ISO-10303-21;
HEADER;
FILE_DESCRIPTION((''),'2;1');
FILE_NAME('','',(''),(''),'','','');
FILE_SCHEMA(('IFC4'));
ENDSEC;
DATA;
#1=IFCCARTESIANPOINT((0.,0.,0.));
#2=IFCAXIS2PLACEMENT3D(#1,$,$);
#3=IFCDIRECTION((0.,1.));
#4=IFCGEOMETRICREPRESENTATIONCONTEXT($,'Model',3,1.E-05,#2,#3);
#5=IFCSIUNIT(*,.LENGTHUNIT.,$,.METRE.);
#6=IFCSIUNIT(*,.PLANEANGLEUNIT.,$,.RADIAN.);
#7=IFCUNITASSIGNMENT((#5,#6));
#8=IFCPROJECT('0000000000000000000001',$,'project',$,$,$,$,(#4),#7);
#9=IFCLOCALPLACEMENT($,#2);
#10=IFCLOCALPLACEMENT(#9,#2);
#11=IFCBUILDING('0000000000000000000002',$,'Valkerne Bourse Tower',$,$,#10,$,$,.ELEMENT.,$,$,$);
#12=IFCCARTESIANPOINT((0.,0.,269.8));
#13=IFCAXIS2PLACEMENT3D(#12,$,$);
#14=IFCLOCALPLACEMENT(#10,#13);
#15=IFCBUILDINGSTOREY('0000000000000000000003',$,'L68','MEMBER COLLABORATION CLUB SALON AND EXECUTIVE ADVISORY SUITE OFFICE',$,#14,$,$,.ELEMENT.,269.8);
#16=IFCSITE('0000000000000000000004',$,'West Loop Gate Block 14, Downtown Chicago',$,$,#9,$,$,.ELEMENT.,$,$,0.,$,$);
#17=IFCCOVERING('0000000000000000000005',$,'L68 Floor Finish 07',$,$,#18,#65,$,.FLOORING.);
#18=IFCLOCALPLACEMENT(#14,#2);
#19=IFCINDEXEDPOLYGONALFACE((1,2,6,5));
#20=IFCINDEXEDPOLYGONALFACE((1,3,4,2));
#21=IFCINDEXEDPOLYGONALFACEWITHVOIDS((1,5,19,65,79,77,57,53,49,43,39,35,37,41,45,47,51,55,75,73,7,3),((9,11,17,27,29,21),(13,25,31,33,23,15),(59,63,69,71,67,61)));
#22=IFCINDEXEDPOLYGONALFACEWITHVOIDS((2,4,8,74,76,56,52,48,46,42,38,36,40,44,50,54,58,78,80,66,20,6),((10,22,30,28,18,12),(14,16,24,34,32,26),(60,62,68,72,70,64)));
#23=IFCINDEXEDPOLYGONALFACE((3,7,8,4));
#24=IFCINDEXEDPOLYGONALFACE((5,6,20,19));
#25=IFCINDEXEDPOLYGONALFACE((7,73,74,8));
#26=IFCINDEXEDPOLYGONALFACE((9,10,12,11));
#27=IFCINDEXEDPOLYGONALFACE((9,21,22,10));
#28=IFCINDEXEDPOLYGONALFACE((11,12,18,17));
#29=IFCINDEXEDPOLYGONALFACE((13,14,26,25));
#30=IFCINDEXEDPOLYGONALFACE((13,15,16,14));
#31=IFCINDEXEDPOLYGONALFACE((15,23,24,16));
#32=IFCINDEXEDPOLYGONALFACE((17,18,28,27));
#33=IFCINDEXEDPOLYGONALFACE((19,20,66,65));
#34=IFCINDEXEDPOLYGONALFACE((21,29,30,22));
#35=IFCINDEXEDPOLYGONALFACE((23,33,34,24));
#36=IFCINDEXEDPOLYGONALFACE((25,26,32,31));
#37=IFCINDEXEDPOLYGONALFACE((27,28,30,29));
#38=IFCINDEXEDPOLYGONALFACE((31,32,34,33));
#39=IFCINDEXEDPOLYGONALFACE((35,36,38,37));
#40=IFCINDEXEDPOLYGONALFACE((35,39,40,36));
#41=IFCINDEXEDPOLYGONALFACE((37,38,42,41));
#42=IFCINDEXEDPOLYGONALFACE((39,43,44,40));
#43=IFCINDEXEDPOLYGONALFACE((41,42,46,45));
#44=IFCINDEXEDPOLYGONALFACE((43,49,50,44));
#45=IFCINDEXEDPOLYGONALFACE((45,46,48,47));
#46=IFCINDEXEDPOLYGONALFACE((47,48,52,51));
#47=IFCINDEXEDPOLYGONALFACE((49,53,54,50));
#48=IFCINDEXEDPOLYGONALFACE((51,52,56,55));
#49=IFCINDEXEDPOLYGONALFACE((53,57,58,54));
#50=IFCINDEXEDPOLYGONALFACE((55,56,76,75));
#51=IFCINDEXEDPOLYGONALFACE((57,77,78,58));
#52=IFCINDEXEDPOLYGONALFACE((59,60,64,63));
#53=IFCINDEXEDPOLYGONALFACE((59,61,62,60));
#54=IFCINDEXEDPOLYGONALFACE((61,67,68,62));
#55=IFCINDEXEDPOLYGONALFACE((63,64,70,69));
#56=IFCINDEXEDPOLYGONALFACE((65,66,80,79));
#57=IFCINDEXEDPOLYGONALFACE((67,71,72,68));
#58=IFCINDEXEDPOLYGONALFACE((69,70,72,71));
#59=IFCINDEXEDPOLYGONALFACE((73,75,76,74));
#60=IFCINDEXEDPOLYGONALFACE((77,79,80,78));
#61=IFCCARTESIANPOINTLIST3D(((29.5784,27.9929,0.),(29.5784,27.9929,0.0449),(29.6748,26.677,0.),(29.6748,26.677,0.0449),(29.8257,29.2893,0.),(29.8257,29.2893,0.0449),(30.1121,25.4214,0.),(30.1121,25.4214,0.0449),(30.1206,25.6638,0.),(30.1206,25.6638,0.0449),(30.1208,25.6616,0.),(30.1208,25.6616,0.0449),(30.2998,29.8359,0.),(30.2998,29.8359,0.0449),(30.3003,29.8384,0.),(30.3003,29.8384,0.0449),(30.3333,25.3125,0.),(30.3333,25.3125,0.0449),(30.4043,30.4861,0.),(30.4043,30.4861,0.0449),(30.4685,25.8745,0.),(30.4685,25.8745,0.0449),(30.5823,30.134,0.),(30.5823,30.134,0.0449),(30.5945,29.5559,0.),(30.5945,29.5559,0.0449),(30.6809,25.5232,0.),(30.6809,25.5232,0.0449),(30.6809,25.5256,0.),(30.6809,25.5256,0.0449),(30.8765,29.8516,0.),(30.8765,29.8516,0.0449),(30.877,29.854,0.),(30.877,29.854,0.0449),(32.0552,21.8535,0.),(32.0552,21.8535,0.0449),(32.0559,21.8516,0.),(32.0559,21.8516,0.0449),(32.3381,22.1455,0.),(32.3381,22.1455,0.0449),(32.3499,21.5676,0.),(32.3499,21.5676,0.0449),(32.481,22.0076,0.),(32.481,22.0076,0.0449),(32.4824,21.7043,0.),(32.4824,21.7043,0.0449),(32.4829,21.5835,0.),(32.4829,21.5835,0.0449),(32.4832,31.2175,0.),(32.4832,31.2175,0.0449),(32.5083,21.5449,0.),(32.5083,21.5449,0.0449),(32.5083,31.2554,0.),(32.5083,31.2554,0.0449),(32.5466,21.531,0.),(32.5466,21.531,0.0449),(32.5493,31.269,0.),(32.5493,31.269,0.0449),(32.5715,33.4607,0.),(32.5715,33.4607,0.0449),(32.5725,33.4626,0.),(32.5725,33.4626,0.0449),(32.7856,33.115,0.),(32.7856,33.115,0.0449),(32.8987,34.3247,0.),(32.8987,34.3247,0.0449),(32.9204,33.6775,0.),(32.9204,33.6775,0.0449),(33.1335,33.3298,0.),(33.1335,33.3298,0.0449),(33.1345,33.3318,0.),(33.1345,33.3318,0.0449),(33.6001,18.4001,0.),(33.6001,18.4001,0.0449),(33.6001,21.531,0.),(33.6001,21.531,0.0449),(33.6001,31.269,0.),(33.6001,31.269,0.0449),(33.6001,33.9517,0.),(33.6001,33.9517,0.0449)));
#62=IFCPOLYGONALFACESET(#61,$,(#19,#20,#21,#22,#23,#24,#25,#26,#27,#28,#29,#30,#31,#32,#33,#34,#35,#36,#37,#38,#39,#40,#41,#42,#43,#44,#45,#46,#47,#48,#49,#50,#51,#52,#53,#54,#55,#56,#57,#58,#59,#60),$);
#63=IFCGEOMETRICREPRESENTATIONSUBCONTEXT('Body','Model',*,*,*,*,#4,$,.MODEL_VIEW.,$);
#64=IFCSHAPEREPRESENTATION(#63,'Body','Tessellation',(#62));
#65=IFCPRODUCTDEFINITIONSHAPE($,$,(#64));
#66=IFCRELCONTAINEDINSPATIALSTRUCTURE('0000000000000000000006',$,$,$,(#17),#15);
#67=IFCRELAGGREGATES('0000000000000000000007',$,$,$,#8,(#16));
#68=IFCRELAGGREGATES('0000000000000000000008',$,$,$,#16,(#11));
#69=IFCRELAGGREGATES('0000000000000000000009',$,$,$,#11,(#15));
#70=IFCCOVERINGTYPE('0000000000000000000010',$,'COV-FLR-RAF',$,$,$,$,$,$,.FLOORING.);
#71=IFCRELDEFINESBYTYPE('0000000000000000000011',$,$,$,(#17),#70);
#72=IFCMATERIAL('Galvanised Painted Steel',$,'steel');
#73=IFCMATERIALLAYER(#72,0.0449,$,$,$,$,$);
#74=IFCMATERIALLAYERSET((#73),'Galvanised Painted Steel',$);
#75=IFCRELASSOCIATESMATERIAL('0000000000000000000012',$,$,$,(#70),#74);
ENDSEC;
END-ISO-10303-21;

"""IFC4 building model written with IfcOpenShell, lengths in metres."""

from ifc_helpers import new_model, si_unit, direction, frame, origin, place, context, subcontext, project, spatial, polyline, outline, extrude, material, layer, layer_set, type_object, element, save


model = new_model("IFC4")

# Units and contexts
model_context = context("Model", 3, precision=1e-05, world=origin(), true_north=direction((0.0, 1.0)))
body_context = subcontext(model_context, "Body", "Model", "MODEL_VIEW")
ifc_project = project(units=[si_unit("LENGTHUNIT", "METRE"), si_unit("PLANEANGLEUNIT", "RADIAN")], contexts=[model_context])

# Site, building, storey
site_placement = place(None, origin())
site = spatial("IfcSite", under=ifc_project, at=site_placement, Name="West Loop Gate Block 14, Downtown Chicago", CompositionType="ELEMENT", RefElevation=0.0)
building_placement = place(site_placement, origin())
building = spatial("IfcBuilding", under=site, at=building_placement, Name="Valkerne Bourse Tower", CompositionType="ELEMENT")
storey_placement = place(building_placement, frame((0.0, 0.0, 269.8)))
storey = spatial("IfcBuildingStorey", under=building, at=storey_placement, Name="L68", Description="MEMBER COLLABORATION CLUB SALON AND EXECUTIVE ADVISORY SUITE OFFICE", CompositionType="ELEMENT", Elevation=269.8)

# Covering
ifc_material_1 = material(Name="Galvanised Painted Steel", Category="steel")
ifc_layer_1 = layer(ifc_material_1, 0.0449)
ifc_layer_set_1 = layer_set([ifc_layer_1], Name="Galvanised Painted Steel")
covering_type_1 = type_object("IfcCoveringType", Name="COV-FLR-RAF", PredefinedType="FLOORING", material=ifc_layer_set_1)
covering_1_placement = place(storey_placement, origin())
element("IfcCovering", 1, at=covering_1_placement, inside=storey, type_object=covering_type_1, Name="L68 Floor Finish 07", PredefinedType="FLOORING", context=body_context, shape_type="SweptSolid", body=[
    extrude(outline(polyline([(30.1121, 25.4214), (29.6748, 26.677), (29.5784, 27.9929), (29.8257, 29.2893), (30.4043, 30.4861), (32.8987, 34.3247), (33.6001, 33.9517), (33.6001, 31.269), (32.5493, 31.269), (32.5083, 31.2554), (32.4832, 31.2175), (32.481, 22.0076), (32.3381, 22.1455), (32.0552, 21.8535), (32.0559, 21.8516), (32.3499, 21.5676), (32.4824, 21.7043), (32.4829, 21.5835), (32.5083, 21.5449), (32.5466, 21.531), (33.6001, 21.531), (33.6001, 18.4001), (30.1121, 25.4214)]), holes=[polyline([(30.6809, 25.5256), (30.4685, 25.8745), (30.1206, 25.6638), (30.1208, 25.6616), (30.3333, 25.3125), (30.6809, 25.5232), (30.6809, 25.5256)]), polyline([(30.877, 29.854), (30.5823, 30.134), (30.3003, 29.8384), (30.2998, 29.8359), (30.5945, 29.5559), (30.8765, 29.8516), (30.877, 29.854)]), polyline([(33.1345, 33.3318), (32.9204, 33.6775), (32.5725, 33.4626), (32.5715, 33.4607), (32.7856, 33.115), (33.1335, 33.3298), (33.1345, 33.3318)])]), origin(), (0.0, 0.0, 1.0), 0.0449),
])

save(model, "model.ifc")
